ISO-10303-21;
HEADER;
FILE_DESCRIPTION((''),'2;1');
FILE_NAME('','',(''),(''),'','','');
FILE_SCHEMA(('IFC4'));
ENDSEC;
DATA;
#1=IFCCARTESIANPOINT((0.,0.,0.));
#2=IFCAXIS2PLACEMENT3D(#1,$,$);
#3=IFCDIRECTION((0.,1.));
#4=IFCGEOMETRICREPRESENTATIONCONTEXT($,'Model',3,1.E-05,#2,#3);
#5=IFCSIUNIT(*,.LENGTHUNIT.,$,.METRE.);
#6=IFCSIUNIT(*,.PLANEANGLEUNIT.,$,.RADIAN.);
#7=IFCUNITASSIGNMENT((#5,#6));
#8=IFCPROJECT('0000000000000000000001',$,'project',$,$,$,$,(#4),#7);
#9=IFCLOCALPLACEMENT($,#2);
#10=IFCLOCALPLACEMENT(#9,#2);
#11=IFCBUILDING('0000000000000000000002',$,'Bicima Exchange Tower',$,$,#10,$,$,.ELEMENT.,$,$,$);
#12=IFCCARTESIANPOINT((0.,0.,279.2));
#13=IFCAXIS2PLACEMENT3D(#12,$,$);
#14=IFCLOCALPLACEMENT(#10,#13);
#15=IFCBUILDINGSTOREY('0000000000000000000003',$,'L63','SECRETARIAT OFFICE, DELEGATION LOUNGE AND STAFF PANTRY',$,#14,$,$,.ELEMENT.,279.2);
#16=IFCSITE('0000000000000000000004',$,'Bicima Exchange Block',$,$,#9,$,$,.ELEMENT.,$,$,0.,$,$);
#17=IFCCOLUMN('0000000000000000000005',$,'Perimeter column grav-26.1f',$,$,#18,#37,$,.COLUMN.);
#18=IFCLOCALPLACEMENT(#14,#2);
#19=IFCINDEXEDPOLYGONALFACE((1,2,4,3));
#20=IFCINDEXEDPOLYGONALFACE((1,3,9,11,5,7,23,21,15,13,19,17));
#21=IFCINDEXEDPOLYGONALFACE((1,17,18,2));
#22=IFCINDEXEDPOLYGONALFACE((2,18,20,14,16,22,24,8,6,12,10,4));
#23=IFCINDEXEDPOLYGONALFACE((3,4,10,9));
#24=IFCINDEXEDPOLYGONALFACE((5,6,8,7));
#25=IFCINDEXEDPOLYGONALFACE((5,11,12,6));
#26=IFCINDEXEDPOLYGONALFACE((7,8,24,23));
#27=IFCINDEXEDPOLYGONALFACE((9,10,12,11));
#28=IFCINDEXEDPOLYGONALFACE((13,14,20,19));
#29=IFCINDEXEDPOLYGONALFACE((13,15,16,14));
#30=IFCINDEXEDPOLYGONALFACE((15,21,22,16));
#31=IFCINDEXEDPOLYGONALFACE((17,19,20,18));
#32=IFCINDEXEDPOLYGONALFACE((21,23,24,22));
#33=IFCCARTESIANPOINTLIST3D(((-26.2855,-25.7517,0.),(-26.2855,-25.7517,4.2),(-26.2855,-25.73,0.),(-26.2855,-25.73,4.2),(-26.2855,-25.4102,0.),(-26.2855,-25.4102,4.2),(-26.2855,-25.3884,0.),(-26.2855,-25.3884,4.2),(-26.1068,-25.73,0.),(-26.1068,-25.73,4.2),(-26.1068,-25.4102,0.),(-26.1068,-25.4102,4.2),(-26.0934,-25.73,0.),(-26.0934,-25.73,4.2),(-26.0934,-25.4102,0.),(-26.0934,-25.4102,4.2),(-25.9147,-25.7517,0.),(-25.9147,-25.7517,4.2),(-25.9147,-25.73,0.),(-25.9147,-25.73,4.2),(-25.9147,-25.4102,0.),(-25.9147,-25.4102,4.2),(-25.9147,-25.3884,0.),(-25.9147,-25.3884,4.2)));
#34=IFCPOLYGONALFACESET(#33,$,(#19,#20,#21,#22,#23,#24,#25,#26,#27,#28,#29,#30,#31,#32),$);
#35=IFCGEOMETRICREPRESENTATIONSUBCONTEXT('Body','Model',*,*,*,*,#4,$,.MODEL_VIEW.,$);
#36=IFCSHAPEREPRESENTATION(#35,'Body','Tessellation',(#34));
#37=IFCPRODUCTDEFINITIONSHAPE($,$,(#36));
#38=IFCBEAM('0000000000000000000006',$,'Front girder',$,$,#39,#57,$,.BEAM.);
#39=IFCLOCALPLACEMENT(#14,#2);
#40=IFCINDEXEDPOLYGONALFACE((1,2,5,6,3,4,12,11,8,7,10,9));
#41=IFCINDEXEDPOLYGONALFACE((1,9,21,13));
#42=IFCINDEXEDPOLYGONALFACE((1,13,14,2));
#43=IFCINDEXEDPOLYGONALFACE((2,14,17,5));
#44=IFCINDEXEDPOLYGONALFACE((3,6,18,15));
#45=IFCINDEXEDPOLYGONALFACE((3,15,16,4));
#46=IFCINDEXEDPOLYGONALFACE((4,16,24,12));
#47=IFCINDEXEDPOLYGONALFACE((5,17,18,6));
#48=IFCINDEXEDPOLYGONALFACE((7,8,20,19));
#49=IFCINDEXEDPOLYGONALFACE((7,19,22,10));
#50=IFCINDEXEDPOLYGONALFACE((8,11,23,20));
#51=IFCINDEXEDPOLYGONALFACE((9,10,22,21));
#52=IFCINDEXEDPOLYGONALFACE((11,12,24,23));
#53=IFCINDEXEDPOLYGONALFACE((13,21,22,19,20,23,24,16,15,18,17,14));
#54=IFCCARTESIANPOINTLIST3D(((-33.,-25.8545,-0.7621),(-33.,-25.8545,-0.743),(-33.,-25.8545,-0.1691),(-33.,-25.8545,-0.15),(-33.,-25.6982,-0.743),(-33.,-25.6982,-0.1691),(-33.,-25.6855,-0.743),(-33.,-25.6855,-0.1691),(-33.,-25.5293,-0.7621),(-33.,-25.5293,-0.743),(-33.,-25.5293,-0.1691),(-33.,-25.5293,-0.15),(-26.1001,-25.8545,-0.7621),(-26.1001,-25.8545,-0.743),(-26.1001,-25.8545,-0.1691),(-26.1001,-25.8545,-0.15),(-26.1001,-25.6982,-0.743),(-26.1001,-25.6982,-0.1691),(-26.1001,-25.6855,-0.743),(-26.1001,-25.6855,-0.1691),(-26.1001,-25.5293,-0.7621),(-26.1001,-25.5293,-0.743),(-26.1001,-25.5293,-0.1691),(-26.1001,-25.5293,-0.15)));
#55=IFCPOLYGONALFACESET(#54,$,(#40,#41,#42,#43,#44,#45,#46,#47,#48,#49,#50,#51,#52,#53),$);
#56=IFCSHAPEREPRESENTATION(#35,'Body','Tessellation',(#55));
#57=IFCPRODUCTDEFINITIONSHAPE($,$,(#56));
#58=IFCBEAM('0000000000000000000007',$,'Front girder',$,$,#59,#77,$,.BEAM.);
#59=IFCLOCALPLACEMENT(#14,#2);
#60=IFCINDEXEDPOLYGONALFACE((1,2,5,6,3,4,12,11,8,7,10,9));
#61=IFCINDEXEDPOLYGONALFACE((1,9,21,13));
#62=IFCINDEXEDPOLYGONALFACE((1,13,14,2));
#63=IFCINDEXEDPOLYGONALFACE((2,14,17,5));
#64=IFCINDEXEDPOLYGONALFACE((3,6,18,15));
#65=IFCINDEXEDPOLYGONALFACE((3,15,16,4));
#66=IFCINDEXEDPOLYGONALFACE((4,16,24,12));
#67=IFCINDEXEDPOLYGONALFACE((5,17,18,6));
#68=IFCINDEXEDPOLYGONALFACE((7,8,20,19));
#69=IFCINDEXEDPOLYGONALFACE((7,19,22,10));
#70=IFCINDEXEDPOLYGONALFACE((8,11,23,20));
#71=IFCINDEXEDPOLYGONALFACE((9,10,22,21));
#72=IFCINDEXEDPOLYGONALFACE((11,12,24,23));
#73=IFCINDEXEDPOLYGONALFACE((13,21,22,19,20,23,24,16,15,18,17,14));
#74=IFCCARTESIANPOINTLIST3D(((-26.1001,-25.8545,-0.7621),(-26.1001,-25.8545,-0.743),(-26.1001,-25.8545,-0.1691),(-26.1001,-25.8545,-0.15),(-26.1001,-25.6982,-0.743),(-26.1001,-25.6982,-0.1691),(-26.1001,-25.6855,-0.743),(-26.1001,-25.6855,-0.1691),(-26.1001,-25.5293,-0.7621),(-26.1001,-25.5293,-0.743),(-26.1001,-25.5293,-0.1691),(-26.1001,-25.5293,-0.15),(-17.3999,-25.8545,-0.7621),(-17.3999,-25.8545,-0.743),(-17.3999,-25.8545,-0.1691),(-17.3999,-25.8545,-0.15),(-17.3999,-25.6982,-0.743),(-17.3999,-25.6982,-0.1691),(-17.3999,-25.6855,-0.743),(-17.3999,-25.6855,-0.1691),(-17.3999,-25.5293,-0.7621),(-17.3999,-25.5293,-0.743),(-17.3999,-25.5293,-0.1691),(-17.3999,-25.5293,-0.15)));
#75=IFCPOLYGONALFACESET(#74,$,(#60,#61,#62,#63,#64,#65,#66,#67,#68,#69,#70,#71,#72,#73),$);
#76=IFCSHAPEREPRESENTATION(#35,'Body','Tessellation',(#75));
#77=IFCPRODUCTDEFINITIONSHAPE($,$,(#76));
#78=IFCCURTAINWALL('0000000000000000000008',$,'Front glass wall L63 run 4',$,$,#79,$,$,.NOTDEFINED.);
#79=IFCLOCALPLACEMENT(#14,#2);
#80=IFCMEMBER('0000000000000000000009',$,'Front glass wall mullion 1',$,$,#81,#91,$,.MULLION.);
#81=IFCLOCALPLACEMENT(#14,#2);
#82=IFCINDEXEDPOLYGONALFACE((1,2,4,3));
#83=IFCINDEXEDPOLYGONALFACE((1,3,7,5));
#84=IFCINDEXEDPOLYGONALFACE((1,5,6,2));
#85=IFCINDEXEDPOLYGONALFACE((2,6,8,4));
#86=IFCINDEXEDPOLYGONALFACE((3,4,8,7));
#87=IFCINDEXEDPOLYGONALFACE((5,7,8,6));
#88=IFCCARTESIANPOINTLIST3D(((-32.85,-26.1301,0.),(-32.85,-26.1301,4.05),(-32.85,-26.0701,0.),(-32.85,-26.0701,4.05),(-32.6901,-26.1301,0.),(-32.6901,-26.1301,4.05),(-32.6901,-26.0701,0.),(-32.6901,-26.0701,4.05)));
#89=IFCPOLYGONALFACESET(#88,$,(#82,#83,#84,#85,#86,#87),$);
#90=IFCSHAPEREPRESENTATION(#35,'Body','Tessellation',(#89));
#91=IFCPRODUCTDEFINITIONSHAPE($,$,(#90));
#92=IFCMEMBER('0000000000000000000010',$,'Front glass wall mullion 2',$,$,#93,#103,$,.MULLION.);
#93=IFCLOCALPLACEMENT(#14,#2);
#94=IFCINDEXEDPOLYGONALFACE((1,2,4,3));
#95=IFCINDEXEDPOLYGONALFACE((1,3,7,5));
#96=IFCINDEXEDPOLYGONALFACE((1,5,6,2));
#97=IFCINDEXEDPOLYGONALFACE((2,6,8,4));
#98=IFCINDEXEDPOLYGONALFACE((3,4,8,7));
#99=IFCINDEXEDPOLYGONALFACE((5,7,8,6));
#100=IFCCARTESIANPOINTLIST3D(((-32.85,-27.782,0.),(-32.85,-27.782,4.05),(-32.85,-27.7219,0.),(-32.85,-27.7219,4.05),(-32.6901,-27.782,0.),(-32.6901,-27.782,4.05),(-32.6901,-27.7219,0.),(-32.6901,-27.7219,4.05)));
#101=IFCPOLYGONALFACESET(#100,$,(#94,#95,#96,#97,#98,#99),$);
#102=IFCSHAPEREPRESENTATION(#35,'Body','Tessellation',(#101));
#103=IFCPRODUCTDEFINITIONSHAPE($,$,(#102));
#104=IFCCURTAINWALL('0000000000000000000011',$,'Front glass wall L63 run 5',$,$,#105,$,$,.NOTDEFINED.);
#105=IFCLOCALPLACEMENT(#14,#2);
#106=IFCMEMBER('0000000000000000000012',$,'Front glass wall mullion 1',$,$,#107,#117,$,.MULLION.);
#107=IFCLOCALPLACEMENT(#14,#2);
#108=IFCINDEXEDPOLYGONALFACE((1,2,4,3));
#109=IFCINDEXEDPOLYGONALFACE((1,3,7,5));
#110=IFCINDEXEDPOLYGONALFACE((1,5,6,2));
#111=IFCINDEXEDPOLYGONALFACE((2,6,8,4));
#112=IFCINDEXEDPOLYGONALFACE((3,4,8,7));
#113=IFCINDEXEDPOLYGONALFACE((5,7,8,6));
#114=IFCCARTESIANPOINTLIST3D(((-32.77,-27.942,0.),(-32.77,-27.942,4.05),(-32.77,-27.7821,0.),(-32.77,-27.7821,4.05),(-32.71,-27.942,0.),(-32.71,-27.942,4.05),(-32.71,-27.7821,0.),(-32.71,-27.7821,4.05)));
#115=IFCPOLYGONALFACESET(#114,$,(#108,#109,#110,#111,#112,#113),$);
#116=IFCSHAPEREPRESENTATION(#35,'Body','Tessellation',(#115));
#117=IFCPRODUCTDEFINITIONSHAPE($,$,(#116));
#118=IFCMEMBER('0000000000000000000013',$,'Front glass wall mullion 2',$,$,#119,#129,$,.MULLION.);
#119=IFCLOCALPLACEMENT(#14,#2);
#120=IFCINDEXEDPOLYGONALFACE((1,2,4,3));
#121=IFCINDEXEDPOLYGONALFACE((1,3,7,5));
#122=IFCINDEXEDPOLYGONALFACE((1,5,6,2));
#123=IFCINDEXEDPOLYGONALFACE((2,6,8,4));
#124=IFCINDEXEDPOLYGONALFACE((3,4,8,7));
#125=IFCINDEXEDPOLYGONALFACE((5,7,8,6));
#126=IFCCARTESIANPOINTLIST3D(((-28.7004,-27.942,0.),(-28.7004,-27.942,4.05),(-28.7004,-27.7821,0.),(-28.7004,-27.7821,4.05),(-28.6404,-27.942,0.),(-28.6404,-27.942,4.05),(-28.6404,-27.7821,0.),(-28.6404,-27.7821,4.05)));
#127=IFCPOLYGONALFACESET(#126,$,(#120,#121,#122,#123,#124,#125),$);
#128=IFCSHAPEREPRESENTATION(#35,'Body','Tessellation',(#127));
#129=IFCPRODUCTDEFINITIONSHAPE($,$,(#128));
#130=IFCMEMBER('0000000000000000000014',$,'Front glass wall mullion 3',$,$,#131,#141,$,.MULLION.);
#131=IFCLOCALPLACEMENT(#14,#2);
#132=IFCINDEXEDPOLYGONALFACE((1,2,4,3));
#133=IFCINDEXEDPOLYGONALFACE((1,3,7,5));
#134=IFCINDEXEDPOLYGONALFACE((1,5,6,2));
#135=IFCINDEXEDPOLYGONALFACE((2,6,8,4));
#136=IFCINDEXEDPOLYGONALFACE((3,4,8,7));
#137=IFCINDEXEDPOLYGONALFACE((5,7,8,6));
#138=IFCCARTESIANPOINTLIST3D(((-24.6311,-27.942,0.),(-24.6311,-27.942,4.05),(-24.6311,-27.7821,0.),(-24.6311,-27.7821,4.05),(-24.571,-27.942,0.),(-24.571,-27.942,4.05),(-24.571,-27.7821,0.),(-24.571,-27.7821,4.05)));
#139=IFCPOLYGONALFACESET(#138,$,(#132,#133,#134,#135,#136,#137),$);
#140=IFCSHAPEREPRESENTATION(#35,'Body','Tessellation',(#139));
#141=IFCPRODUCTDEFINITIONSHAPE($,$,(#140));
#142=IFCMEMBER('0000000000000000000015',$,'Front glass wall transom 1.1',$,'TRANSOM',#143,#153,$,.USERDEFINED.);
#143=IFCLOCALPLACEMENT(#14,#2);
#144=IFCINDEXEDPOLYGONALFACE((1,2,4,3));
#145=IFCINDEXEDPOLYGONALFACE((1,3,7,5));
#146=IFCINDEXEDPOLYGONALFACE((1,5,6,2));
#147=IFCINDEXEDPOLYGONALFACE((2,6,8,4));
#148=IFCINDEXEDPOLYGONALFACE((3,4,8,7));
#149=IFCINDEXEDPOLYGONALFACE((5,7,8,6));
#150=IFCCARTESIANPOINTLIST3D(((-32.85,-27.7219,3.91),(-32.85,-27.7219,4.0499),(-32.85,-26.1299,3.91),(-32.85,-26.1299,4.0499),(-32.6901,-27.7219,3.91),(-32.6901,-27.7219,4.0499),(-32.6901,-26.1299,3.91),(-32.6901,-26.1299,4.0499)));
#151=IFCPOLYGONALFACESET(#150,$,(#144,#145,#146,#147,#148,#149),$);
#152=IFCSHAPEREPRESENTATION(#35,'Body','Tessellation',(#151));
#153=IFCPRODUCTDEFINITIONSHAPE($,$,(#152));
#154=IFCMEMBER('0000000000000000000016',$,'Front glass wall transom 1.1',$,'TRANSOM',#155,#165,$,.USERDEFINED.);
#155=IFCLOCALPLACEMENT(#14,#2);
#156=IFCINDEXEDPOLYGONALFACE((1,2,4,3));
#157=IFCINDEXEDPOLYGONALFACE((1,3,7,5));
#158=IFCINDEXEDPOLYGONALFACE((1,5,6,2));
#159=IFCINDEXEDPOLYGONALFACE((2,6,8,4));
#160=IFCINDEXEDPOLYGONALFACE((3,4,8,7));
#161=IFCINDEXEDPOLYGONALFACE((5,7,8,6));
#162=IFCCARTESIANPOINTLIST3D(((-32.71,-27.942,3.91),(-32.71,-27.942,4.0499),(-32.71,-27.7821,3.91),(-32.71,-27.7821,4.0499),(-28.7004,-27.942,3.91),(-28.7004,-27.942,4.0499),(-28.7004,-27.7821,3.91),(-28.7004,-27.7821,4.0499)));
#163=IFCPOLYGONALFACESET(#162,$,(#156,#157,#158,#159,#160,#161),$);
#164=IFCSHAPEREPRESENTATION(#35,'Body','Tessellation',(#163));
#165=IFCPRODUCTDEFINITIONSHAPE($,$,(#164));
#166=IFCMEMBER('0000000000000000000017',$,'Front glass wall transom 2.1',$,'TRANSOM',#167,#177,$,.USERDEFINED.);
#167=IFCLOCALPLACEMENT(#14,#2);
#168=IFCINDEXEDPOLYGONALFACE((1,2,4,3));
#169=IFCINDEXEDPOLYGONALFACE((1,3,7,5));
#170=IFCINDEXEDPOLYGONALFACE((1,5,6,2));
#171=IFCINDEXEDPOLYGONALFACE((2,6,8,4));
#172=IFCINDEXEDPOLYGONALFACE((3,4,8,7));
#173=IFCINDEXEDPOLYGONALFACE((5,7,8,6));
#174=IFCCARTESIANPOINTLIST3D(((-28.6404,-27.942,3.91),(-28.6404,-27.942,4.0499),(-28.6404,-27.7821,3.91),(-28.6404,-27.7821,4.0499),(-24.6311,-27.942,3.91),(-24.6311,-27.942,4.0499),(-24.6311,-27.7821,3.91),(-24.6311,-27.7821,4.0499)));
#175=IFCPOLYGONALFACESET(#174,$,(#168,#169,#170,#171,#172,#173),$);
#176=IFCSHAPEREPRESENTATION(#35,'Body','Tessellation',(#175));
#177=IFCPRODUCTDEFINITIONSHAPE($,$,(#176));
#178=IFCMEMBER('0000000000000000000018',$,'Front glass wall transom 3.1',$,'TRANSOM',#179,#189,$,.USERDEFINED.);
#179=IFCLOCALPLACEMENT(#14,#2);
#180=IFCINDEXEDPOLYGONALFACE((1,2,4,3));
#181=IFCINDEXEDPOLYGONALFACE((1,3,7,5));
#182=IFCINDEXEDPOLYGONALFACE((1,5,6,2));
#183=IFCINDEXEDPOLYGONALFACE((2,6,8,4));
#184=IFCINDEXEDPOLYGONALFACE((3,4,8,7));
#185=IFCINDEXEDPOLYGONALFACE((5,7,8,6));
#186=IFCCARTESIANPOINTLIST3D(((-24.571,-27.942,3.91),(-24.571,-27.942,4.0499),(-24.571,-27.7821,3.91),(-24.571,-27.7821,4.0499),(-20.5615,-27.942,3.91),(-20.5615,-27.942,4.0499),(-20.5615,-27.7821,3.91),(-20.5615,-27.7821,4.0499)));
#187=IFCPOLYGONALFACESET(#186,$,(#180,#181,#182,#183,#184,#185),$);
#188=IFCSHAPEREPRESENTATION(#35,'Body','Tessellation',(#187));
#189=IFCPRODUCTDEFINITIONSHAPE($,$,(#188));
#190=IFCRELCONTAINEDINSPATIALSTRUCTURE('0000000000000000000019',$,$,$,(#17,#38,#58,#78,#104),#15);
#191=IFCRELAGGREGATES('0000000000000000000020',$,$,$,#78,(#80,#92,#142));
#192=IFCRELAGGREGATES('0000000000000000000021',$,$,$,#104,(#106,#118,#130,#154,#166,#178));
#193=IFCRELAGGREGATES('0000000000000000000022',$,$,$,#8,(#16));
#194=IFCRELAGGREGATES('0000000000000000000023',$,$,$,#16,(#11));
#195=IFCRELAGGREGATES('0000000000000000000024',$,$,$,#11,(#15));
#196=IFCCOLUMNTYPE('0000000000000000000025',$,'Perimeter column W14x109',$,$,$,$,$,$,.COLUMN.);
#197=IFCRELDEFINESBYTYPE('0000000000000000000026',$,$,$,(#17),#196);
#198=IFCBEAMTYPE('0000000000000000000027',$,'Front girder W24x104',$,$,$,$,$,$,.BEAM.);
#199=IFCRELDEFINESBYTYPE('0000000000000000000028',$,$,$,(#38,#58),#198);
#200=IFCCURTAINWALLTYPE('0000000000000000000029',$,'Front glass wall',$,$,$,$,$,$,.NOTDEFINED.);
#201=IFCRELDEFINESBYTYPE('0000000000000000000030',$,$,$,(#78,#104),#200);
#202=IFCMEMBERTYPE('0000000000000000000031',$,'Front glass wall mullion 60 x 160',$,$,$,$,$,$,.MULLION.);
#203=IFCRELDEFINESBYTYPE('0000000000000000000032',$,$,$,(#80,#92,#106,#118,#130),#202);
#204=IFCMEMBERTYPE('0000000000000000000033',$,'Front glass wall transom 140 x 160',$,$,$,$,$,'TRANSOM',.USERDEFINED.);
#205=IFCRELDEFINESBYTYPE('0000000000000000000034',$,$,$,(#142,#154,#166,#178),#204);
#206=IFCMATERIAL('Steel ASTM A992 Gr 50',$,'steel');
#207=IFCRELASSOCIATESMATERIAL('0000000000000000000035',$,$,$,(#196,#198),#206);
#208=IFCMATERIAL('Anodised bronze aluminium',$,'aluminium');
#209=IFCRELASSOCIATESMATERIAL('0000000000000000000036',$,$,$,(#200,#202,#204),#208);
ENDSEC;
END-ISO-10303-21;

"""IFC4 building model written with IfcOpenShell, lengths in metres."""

from ifc_helpers import new_model, si_unit, direction, frame, origin, origin_2d, place, context, subcontext, project, spatial, rectangle, i_section, extrude, material, material_profile, profile_set, type_object, element, aggregate, save


model = new_model("IFC4")

# Units and contexts
model_context = context("Model", 3, precision=1e-05, world=origin(), true_north=direction((0.0, 1.0)))
body_context = subcontext(model_context, "Body", "Model", "MODEL_VIEW")
ifc_project = project(units=[si_unit("LENGTHUNIT", "METRE"), si_unit("PLANEANGLEUNIT", "RADIAN")], contexts=[model_context])

# Site, building, storey
site_placement = place(None, origin())
site = spatial("IfcSite", under=ifc_project, at=site_placement, Name="Bicima Exchange Block", CompositionType="ELEMENT", RefElevation=0.0)
building_placement = place(site_placement, origin())
building = spatial("IfcBuilding", under=site, at=building_placement, Name="Bicima Exchange Tower", CompositionType="ELEMENT")
storey_placement = place(building_placement, frame((0.0, 0.0, 279.2)))
storey = spatial("IfcBuildingStorey", under=building, at=storey_placement, Name="L63", Description="SECRETARIAT OFFICE, DELEGATION LOUNGE AND STAFF PANTRY", CompositionType="ELEMENT", Elevation=279.2)

# Column
ifc_material_1 = material(Name="Steel ASTM A992 Gr 50", Category="steel")
ifc_material_profile_1 = material_profile(ifc_material_1, i_section(OverallWidth=0.3708, OverallDepth=0.3633, WebThickness=0.0134, FlangeThickness=0.0217, at=origin_2d()))
ifc_profile_set_1 = profile_set([ifc_material_profile_1], Name="Steel ASTM A992 Gr 50")
column_type = type_object("IfcColumnType", Name="Perimeter column W14x109", PredefinedType="COLUMN", material=ifc_profile_set_1)
column_placement = place(storey_placement, frame((-26.1001, -25.5701, 0.0), z_axis=(0.0, 0.0, 1.0), x_axis=(1.0, 0.0, 0.0)))
element("IfcColumn", 1, at=column_placement, inside=storey, type_object=column_type, Name="Perimeter column grav-26.1f", PredefinedType="COLUMN", context=body_context, shape_type="SweptSolid", body=[
    extrude(i_section(OverallWidth=0.3708, OverallDepth=0.3633, WebThickness=0.0134, FlangeThickness=0.0217, at=origin_2d()), origin(), (0.0, 0.0, 1.0), 4.2),
])

# Beams
ifc_material_profile_2 = material_profile(ifc_material_1, i_section(OverallWidth=0.3252, OverallDepth=0.6121, WebThickness=0.0127, FlangeThickness=0.019, at=origin_2d()))
ifc_profile_set_2 = profile_set([ifc_material_profile_2], Name="Steel ASTM A992 Gr 50")
beam_type = type_object("IfcBeamType", Name="Front girder W24x104", PredefinedType="BEAM", material=ifc_profile_set_2)
beam_1_placement = place(storey_placement, frame((-33.0, -25.6919, -0.4561), z_axis=(1.0, 0.0, 0.0), x_axis=(0.0, 1.0, 0.0)))
element("IfcBeam", 2, at=beam_1_placement, inside=storey, type_object=beam_type, Name="Front girder", PredefinedType="BEAM", context=body_context, shape_type="SweptSolid", body=[
    extrude(i_section(OverallWidth=0.3252, OverallDepth=0.6121, WebThickness=0.0127, FlangeThickness=0.019, at=origin_2d()), origin(), (0.0, 0.0, 1.0), 6.8999),
])
beam_2_placement = place(storey_placement, frame((-26.1001, -25.6919, -0.4561), z_axis=(1.0, 0.0, 0.0), x_axis=(0.0, 1.0, 0.0)))
element("IfcBeam", 3, at=beam_2_placement, inside=storey, type_object=beam_type, Name="Front girder", PredefinedType="BEAM", context=body_context, shape_type="SweptSolid", body=[
    extrude(i_section(OverallWidth=0.3252, OverallDepth=0.6121, WebThickness=0.0127, FlangeThickness=0.019, at=origin_2d()), origin(), (0.0, 0.0, 1.0), 8.7002),
])

# Curtain walls, members
ifc_material_2 = material(Name="Anodised bronze aluminium", Category="aluminium")
curtain_wall_type = type_object("IfcCurtainWallType", Name="Front glass wall", PredefinedType="NOTDEFINED", material=ifc_material_2)
curtain_wall_1_placement = place(storey_placement, origin())
curtain_wall_1 = element("IfcCurtainWall", 4, at=curtain_wall_1_placement, inside=storey, type_object=curtain_wall_type, Name="Front glass wall L63 run 4", PredefinedType="NOTDEFINED")
ifc_material_profile_3 = material_profile(ifc_material_2, rectangle(XDim=0.1599, YDim=0.0601, at=origin_2d()))
ifc_profile_set_3 = profile_set([ifc_material_profile_3], Name="Anodised bronze aluminium")
member_type_1 = type_object("IfcMemberType", Name="Front glass wall mullion 60 x 160", PredefinedType="MULLION", material=ifc_profile_set_3)
member_1_placement = place(storey_placement, frame((-32.77, -26.1001, 0.0), z_axis=(0.0, 0.0, 1.0), x_axis=(1.0, 0.0, 0.0)))
member_1 = element("IfcMember", 5, at=member_1_placement, type_object=member_type_1, Name="Front glass wall mullion 1", PredefinedType="MULLION", context=body_context, shape_type="SweptSolid", body=[
    extrude(rectangle(XDim=0.1599, YDim=0.0601, at=origin_2d()), origin(), (0.0, 0.0, 1.0), 4.05),
])
member_2_placement = place(storey_placement, frame((-32.77, -27.752, 0.0), z_axis=(0.0, 0.0, 1.0), x_axis=(1.0, 0.0, 0.0)))
member_2 = element("IfcMember", 6, at=member_2_placement, type_object=member_type_1, Name="Front glass wall mullion 2", PredefinedType="MULLION", context=body_context, shape_type="SweptSolid", body=[
    extrude(rectangle(XDim=0.1599, YDim=0.0601, at=origin_2d()), origin(), (0.0, 0.0, 1.0), 4.05),
])
curtain_wall_2_placement = place(storey_placement, origin())
curtain_wall_2 = element("IfcCurtainWall", 7, at=curtain_wall_2_placement, inside=storey, type_object=curtain_wall_type, Name="Front glass wall L63 run 5", PredefinedType="NOTDEFINED")
member_3_placement = place(storey_placement, frame((-32.74, -27.8621, 0.0), z_axis=(0.0, 0.0, 1.0), x_axis=(0.0, 1.0, 0.0)))
member_3 = element("IfcMember", 8, at=member_3_placement, type_object=member_type_1, Name="Front glass wall mullion 1", PredefinedType="MULLION", context=body_context, shape_type="SweptSolid", body=[
    extrude(rectangle(XDim=0.1599, YDim=0.0601, at=origin_2d()), origin(), (0.0, 0.0, 1.0), 4.05),
])
member_4_placement = place(storey_placement, frame((-28.6704, -27.8621, 0.0), z_axis=(0.0, 0.0, 1.0), x_axis=(0.0, 1.0, 0.0)))
member_4 = element("IfcMember", 9, at=member_4_placement, type_object=member_type_1, Name="Front glass wall mullion 2", PredefinedType="MULLION", context=body_context, shape_type="SweptSolid", body=[
    extrude(rectangle(XDim=0.1599, YDim=0.0601, at=origin_2d()), origin(), (0.0, 0.0, 1.0), 4.05),
])
member_5_placement = place(storey_placement, frame((-24.6011, -27.8621, 0.0), z_axis=(0.0, 0.0, 1.0), x_axis=(0.0, 1.0, 0.0)))
member_5 = element("IfcMember", 10, at=member_5_placement, type_object=member_type_1, Name="Front glass wall mullion 3", PredefinedType="MULLION", context=body_context, shape_type="SweptSolid", body=[
    extrude(rectangle(XDim=0.1599, YDim=0.0601, at=origin_2d()), origin(), (0.0, 0.0, 1.0), 4.05),
])

# Members
ifc_material_profile_4 = material_profile(ifc_material_2, rectangle(XDim=0.1599, YDim=0.1399, at=origin_2d()))
ifc_profile_set_4 = profile_set([ifc_material_profile_4], Name="Anodised bronze aluminium")
member_type_2 = type_object("IfcMemberType", Name="Front glass wall transom 140 x 160", ElementType="TRANSOM", PredefinedType="USERDEFINED", material=ifc_profile_set_4)
member_6_placement = place(storey_placement, frame((-32.77, -26.1299, 3.98), z_axis=(0.0, -1.0, 0.0), x_axis=(1.0, 0.0, 0.0)))
member_6 = element("IfcMember", 11, at=member_6_placement, type_object=member_type_2, Name="Front glass wall transom 1.1", ObjectType="TRANSOM", PredefinedType="USERDEFINED", context=body_context, shape_type="SweptSolid", body=[
    extrude(rectangle(XDim=0.1599, YDim=0.1399, at=origin_2d()), origin(), (0.0, 0.0, 1.0), 1.592),
])
member_7_placement = place(storey_placement, frame((-32.71, -27.8621, 3.98), z_axis=(1.0, 0.0, 0.0), x_axis=(0.0, 1.0, 0.0)))
member_7 = element("IfcMember", 12, at=member_7_placement, type_object=member_type_2, Name="Front glass wall transom 1.1", ObjectType="TRANSOM", PredefinedType="USERDEFINED", context=body_context, shape_type="SweptSolid", body=[
    extrude(rectangle(XDim=0.1599, YDim=0.1399, at=origin_2d()), origin(), (0.0, 0.0, 1.0), 4.0095),
])
member_8_placement = place(storey_placement, frame((-28.6404, -27.8621, 3.98), z_axis=(1.0, 0.0, 0.0), x_axis=(0.0, 1.0, 0.0)))
member_8 = element("IfcMember", 13, at=member_8_placement, type_object=member_type_2, Name="Front glass wall transom 2.1", ObjectType="TRANSOM", PredefinedType="USERDEFINED", context=body_context, shape_type="SweptSolid", body=[
    extrude(rectangle(XDim=0.1599, YDim=0.1399, at=origin_2d()), origin(), (0.0, 0.0, 1.0), 4.0093),
])
member_9_placement = place(storey_placement, frame((-24.571, -27.8621, 3.98), z_axis=(1.0, 0.0, 0.0), x_axis=(0.0, 1.0, 0.0)))
member_9 = element("IfcMember", 14, at=member_9_placement, type_object=member_type_2, Name="Front glass wall transom 3.1", ObjectType="TRANSOM", PredefinedType="USERDEFINED", context=body_context, shape_type="SweptSolid", body=[
    extrude(rectangle(XDim=0.1599, YDim=0.1399, at=origin_2d()), origin(), (0.0, 0.0, 1.0), 4.0095),
])

aggregate(curtain_wall_1, [member_1, member_2, member_6])
aggregate(curtain_wall_2, [member_3, member_4, member_5, member_7, member_8, member_9])

save(model, "model.ifc")
